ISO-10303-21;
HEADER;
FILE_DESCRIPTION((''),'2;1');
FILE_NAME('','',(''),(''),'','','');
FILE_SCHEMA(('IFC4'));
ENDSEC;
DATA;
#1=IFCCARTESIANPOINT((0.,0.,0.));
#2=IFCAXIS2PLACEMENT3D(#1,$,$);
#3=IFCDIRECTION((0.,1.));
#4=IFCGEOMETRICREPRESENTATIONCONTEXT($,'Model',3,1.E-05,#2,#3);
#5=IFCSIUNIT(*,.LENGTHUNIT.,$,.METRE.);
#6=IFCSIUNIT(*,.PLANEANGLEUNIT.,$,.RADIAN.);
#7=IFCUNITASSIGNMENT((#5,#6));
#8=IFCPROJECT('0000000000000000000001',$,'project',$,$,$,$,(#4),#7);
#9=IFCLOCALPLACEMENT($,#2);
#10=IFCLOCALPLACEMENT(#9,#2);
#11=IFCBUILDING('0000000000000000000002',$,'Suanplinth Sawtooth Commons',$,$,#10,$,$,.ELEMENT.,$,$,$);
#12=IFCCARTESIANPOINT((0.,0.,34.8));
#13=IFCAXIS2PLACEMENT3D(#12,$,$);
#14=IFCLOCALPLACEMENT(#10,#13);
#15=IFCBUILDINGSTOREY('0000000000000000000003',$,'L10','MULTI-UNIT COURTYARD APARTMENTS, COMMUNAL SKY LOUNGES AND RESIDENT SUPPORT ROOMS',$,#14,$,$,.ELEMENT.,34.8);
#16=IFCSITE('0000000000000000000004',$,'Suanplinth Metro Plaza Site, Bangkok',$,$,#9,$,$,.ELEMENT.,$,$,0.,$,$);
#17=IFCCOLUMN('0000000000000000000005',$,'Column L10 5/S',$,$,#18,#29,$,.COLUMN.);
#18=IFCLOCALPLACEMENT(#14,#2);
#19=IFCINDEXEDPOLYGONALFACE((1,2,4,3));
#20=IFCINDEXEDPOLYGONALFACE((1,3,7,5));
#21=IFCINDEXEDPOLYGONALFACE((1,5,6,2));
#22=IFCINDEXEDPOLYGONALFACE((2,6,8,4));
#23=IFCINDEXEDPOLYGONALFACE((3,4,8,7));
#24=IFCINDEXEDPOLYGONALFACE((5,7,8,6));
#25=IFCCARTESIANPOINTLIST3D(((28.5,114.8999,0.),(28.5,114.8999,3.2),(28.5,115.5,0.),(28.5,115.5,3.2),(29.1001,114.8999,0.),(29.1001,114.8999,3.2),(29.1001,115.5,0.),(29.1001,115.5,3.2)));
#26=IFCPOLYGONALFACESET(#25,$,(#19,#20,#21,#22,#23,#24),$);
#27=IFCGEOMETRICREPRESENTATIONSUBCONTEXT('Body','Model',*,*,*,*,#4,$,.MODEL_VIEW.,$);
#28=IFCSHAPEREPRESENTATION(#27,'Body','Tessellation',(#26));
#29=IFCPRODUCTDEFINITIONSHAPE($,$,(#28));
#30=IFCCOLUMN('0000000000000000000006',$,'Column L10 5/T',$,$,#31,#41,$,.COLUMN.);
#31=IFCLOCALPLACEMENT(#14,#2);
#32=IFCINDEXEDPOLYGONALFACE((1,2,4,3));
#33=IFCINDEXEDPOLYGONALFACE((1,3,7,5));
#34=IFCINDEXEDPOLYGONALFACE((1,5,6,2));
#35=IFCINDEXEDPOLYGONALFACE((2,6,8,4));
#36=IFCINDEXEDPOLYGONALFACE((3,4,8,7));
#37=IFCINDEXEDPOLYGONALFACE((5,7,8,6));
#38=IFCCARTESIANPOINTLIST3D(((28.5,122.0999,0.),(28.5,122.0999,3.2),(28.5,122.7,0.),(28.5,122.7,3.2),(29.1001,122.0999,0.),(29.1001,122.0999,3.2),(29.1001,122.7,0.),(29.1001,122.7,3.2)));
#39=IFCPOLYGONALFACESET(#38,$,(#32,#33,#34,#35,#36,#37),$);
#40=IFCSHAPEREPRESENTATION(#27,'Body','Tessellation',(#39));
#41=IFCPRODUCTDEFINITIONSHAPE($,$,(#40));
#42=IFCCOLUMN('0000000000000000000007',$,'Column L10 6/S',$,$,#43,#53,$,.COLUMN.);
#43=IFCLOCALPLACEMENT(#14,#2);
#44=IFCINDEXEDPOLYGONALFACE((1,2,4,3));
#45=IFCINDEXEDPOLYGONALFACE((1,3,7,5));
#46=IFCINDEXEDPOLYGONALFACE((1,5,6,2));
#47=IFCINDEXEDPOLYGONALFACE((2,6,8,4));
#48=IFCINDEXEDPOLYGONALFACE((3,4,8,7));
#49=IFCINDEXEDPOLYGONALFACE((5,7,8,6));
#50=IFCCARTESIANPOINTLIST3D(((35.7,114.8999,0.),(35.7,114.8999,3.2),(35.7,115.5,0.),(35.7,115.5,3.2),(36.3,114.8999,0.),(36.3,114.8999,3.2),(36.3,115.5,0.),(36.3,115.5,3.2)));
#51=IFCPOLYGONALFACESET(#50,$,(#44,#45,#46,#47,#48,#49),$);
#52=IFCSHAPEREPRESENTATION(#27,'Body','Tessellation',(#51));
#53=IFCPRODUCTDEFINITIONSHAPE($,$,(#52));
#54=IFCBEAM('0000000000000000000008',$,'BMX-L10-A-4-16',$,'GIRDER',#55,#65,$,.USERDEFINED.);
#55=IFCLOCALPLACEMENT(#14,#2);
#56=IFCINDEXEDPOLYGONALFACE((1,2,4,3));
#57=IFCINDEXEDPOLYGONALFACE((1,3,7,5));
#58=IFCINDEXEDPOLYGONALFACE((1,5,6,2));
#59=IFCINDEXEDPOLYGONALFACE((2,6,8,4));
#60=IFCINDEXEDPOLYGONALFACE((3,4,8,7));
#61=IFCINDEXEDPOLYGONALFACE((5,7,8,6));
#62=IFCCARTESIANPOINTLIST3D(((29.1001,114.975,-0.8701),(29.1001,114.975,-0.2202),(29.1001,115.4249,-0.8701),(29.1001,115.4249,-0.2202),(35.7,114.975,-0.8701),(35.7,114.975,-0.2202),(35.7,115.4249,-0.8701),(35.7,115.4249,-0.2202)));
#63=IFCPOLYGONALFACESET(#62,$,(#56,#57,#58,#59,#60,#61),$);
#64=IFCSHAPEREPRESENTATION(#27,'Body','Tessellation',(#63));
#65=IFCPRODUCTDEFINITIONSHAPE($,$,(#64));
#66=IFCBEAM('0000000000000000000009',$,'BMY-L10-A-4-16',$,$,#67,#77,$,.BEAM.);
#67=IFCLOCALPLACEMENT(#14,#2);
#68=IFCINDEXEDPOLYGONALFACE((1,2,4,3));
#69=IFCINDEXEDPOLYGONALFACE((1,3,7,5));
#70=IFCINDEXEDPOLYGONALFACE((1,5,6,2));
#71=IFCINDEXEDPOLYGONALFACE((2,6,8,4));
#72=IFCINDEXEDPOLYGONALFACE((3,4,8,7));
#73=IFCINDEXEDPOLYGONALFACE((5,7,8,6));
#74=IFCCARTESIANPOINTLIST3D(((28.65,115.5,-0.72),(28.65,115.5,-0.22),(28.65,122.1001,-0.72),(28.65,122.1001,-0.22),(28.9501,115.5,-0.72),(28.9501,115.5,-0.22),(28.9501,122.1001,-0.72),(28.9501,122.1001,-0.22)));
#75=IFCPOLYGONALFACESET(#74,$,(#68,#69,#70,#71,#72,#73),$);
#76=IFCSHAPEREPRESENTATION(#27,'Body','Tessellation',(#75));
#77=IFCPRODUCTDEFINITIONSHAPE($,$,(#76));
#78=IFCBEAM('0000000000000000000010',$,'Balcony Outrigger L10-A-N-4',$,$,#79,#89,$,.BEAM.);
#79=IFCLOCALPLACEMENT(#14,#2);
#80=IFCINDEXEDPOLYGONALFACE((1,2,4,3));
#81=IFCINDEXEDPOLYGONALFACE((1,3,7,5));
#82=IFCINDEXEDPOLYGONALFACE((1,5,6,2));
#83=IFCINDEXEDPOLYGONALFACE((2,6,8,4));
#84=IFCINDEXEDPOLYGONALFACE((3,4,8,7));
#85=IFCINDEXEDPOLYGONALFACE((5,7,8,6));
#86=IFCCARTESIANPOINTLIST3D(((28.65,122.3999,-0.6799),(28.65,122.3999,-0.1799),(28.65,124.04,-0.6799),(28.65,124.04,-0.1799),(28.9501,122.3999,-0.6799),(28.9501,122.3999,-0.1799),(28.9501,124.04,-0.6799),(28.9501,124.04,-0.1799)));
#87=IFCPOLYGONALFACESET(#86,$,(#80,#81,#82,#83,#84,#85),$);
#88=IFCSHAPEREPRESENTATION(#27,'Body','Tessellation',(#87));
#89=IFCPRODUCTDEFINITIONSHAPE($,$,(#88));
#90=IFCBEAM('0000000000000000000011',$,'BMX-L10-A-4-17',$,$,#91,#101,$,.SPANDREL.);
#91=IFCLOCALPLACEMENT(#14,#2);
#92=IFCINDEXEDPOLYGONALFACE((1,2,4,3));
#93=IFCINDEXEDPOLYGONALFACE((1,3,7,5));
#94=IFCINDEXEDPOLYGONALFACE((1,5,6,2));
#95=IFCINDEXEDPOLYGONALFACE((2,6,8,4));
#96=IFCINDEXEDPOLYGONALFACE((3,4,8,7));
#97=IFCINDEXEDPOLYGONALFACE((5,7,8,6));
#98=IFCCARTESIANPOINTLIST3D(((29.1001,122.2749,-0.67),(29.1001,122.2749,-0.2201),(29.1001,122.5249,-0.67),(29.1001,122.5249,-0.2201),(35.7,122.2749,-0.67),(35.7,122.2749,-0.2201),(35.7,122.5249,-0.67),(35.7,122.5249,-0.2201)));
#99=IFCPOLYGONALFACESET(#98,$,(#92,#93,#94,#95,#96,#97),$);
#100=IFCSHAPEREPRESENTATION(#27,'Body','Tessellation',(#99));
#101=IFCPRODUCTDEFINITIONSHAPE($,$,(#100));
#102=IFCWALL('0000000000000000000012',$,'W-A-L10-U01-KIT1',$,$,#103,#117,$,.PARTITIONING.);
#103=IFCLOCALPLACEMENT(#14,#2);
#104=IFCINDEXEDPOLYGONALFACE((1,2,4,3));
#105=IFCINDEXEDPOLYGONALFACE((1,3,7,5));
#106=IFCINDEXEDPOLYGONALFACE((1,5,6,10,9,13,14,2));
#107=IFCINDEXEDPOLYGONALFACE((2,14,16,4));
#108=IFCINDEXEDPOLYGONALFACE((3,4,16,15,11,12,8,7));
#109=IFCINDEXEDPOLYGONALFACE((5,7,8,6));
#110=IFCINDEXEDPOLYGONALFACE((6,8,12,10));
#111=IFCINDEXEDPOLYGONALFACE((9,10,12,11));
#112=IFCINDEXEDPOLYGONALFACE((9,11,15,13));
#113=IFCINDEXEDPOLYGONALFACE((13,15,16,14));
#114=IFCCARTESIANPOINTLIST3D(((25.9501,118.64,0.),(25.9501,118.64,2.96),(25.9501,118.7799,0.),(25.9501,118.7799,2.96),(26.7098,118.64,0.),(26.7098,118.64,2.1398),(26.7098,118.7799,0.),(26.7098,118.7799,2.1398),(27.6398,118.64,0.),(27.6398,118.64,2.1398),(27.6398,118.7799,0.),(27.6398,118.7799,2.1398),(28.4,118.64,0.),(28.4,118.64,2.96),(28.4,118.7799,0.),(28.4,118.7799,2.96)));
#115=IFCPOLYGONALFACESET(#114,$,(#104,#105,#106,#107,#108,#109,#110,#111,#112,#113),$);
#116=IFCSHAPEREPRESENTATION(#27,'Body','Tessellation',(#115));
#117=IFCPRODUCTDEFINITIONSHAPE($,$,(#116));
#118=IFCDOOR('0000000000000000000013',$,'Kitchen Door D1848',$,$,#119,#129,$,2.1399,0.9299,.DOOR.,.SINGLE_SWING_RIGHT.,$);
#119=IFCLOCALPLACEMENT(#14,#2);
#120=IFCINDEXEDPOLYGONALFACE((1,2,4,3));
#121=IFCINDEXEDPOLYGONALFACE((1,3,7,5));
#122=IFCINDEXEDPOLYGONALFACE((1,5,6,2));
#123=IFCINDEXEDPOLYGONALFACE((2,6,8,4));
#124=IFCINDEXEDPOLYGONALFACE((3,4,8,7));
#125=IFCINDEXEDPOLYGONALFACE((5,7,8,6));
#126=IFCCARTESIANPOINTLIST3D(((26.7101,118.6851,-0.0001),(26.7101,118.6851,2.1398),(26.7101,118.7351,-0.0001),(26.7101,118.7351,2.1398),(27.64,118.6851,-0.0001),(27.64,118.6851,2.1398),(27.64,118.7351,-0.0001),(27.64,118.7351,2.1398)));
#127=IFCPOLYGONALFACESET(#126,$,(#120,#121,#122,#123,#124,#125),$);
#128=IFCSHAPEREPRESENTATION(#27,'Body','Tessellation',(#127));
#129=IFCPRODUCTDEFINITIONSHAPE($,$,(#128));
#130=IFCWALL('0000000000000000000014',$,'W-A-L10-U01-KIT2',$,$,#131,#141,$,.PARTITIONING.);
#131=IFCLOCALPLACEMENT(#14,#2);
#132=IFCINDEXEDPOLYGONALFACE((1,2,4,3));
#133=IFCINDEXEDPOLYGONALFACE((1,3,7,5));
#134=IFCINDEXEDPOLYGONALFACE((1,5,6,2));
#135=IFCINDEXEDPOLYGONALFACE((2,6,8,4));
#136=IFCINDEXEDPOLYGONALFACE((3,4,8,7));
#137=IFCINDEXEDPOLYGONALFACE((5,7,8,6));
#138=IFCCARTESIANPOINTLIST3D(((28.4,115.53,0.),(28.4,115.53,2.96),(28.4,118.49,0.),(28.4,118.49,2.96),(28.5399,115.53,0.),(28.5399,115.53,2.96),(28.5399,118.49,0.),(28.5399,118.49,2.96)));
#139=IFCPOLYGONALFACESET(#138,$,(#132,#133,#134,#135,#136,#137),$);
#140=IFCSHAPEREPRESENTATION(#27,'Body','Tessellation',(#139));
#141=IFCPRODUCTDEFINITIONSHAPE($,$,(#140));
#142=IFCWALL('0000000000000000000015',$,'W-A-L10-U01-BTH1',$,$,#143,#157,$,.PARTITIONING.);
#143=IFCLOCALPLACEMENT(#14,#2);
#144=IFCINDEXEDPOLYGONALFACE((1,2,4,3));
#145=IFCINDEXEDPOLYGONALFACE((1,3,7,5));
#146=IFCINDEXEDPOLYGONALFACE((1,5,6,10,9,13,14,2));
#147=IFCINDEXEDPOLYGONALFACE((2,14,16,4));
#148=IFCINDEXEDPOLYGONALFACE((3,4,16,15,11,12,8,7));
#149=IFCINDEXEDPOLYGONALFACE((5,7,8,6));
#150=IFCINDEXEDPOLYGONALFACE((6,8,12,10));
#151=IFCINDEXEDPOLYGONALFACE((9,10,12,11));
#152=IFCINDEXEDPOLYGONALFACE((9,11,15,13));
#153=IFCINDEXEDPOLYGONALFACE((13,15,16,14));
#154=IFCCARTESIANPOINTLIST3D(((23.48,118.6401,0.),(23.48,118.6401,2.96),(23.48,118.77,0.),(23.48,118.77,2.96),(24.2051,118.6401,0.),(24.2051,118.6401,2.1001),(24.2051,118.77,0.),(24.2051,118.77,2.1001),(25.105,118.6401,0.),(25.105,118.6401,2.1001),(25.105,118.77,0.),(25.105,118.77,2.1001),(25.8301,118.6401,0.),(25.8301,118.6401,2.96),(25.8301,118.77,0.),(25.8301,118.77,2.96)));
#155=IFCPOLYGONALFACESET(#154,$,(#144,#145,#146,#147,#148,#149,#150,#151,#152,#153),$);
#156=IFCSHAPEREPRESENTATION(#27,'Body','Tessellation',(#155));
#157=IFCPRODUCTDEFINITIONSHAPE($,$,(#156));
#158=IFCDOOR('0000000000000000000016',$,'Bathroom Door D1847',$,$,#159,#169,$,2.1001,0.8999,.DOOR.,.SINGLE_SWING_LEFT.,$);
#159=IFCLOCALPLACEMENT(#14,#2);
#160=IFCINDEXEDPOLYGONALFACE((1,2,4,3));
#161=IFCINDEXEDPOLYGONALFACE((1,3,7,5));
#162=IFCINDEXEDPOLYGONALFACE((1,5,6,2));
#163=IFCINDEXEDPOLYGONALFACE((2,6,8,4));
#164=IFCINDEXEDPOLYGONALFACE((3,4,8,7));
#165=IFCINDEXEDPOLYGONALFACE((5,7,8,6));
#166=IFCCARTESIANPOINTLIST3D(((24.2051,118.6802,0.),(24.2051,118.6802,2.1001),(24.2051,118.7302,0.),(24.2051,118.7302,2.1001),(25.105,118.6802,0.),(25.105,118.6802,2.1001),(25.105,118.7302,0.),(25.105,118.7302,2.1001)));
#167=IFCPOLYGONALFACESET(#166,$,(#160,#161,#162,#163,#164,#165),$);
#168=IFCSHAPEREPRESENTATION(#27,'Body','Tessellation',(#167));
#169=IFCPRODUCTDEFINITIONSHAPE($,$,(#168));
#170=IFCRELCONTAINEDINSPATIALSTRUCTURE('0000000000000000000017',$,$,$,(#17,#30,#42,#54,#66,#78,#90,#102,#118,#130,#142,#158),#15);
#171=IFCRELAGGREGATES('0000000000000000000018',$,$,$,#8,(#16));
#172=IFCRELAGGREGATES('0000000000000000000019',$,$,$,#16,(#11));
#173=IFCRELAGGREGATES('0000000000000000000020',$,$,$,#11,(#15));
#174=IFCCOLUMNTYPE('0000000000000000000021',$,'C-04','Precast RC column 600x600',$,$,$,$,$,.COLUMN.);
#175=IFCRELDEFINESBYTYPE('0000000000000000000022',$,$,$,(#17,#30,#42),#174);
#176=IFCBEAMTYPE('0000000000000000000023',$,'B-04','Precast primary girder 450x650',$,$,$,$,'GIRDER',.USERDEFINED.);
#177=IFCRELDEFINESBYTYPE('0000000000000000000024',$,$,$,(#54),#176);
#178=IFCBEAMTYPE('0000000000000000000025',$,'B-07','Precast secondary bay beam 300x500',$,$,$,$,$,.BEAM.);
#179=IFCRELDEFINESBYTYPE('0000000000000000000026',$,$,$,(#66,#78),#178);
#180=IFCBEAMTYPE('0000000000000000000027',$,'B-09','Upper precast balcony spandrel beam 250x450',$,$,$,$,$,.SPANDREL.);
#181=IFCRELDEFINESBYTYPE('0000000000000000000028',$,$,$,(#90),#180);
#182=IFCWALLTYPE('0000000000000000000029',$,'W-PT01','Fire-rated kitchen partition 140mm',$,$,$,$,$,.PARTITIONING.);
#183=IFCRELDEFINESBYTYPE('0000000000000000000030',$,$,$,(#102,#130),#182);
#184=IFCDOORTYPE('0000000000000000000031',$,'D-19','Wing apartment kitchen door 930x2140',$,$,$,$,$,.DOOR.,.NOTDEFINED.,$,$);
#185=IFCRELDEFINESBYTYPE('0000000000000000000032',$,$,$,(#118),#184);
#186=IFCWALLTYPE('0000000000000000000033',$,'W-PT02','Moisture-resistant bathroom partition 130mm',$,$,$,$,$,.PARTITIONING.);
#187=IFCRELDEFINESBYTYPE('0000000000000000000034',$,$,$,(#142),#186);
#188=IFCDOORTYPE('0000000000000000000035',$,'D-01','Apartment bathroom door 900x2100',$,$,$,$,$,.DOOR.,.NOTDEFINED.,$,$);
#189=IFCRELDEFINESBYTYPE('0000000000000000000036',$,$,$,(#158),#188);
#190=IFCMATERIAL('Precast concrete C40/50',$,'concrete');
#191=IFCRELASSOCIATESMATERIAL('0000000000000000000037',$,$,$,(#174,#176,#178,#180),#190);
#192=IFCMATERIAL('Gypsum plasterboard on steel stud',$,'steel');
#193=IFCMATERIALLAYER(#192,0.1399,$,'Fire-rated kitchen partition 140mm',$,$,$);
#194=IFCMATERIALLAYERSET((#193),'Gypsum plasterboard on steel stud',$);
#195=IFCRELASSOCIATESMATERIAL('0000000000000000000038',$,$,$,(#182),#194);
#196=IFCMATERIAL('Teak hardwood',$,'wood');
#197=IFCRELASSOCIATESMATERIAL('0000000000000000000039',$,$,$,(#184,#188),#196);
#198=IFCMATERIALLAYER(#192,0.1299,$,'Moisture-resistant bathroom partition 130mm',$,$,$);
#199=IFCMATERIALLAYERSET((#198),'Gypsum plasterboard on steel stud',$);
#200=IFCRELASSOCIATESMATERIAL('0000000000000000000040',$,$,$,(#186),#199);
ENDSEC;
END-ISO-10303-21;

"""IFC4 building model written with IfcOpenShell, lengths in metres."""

from ifc_helpers import new_model, si_unit, direction, frame, frame_2d, origin, origin_2d, place, context, subcontext, project, spatial, rectangle, extrude, material, layer, layer_set, material_profile, profile_set, type_object, element, fill, save


model = new_model("IFC4")

# Units and contexts
model_context = context("Model", 3, precision=1e-05, world=origin(), true_north=direction((0.0, 1.0)))
body_context = subcontext(model_context, "Body", "Model", "MODEL_VIEW")
ifc_project = project(units=[si_unit("LENGTHUNIT", "METRE"), si_unit("PLANEANGLEUNIT", "RADIAN")], contexts=[model_context])

# Site, building, storey
site_placement = place(None, origin())
site = spatial("IfcSite", under=ifc_project, at=site_placement, Name="Suanplinth Metro Plaza Site, Bangkok", CompositionType="ELEMENT", RefElevation=0.0)
building_placement = place(site_placement, origin())
building = spatial("IfcBuilding", under=site, at=building_placement, Name="Suanplinth Sawtooth Commons", CompositionType="ELEMENT")
storey_placement = place(building_placement, frame((0.0, 0.0, 34.8)))
storey = spatial("IfcBuildingStorey", under=building, at=storey_placement, Name="L10", Description="MULTI-UNIT COURTYARD APARTMENTS, COMMUNAL SKY LOUNGES AND RESIDENT SUPPORT ROOMS", CompositionType="ELEMENT", Elevation=34.8)

# Columns
ifc_material_1 = material(Name="Precast concrete C40/50", Category="concrete")
ifc_material_profile_1 = material_profile(ifc_material_1, rectangle(XDim=0.6001, YDim=0.6001, at=origin_2d()), Name="PC-COL 600x600")
ifc_profile_set_1 = profile_set([ifc_material_profile_1], Name="Precast concrete C40/50")
column_type = type_object("IfcColumnType", Name="C-04", Description="Precast RC column 600x600", PredefinedType="COLUMN", material=ifc_profile_set_1)
for number, where, z_axis, x_axis, name in (
    (1, (28.8, 115.2, 0.0), (0.0, 0.0, 1.0), (1.0, 0.0, 0.0), "Column L10 5/S"),
    (2, (28.8, 122.3999, 0.0), (0.0, 0.0, 1.0), (1.0, 0.0, 0.0), "Column L10 5/T"),
    (3, (36.0, 115.2, 0.0), (0.0, 0.0, 1.0), (1.0, 0.0, 0.0), "Column L10 6/S"),
):
    element("IfcColumn", number, at=place(storey_placement, frame(where, z_axis=z_axis, x_axis=x_axis)), inside=storey, type_object=column_type, Name=name, PredefinedType="COLUMN", context=body_context, shape_type="SweptSolid", body=[
        extrude(rectangle(XDim=0.6001, YDim=0.6001, at=origin_2d()), origin(), (0.0, 0.0, 1.0), 3.2),
    ])

# Beams
ifc_material_profile_2 = material_profile(ifc_material_1, rectangle(XDim=0.45, YDim=0.6499, at=origin_2d()), Name="PC-GDR 450x650")
ifc_profile_set_2 = profile_set([ifc_material_profile_2], Name="Precast concrete C40/50")
beam_type_1 = type_object("IfcBeamType", Name="B-04", Description="Precast primary girder 450x650", ElementType="GIRDER", PredefinedType="USERDEFINED", material=ifc_profile_set_2)
beam_1_placement = place(storey_placement, frame((29.1001, 115.2, -0.5452), z_axis=(1.0, 0.0, 0.0), x_axis=(0.0, 1.0, 0.0)))
element("IfcBeam", 4, at=beam_1_placement, inside=storey, type_object=beam_type_1, Name="BMX-L10-A-4-16", ObjectType="GIRDER", PredefinedType="USERDEFINED", context=body_context, shape_type="SweptSolid", body=[
    extrude(rectangle(XDim=0.45, YDim=0.6499, at=origin_2d()), origin(), (0.0, 0.0, 1.0), 6.5999),
])
ifc_material_profile_3 = material_profile(ifc_material_1, rectangle(XDim=0.3, YDim=0.5, at=origin_2d()), Name="PC-BM 300x500")
ifc_profile_set_3 = profile_set([ifc_material_profile_3], Name="Precast concrete C40/50")
beam_type_2 = type_object("IfcBeamType", Name="B-07", Description="Precast secondary bay beam 300x500", PredefinedType="BEAM", material=ifc_profile_set_3)
beam_2_placement = place(storey_placement, frame((28.8, 115.5, -0.47), z_axis=(0.0, 1.0, 0.0), x_axis=(-1.0, 0.0, 0.0)))
element("IfcBeam", 5, at=beam_2_placement, inside=storey, type_object=beam_type_2, Name="BMY-L10-A-4-16", PredefinedType="BEAM", context=body_context, shape_type="SweptSolid", body=[
    extrude(rectangle(XDim=0.3, YDim=0.5, at=origin_2d()), origin(), (0.0, 0.0, 1.0), 6.6001),
])
beam_3_placement = place(storey_placement, frame((28.8, 122.3999, -0.4299), z_axis=(0.0, 1.0, 0.0), x_axis=(-1.0, 0.0, 0.0)))
element("IfcBeam", 6, at=beam_3_placement, inside=storey, type_object=beam_type_2, Name="Balcony Outrigger L10-A-N-4", PredefinedType="BEAM", context=body_context, shape_type="SweptSolid", body=[
    extrude(rectangle(XDim=0.3, YDim=0.5, at=origin_2d()), origin(), (0.0, 0.0, 1.0), 1.6401),
])
ifc_material_profile_4 = material_profile(ifc_material_1, rectangle(XDim=0.25, YDim=0.45, at=origin_2d()), Name="PC-SP 250x450")
ifc_profile_set_4 = profile_set([ifc_material_profile_4], Name="Precast concrete C40/50")
beam_type_3 = type_object("IfcBeamType", Name="B-09", Description="Upper precast balcony spandrel beam 250x450", PredefinedType="SPANDREL", material=ifc_profile_set_4)
beam_4_placement = place(storey_placement, frame((29.1001, 122.3999, -0.4451), z_axis=(1.0, 0.0, 0.0), x_axis=(0.0, 1.0, 0.0)))
element("IfcBeam", 7, at=beam_4_placement, inside=storey, type_object=beam_type_3, Name="BMX-L10-A-4-17", PredefinedType="SPANDREL", context=body_context, shape_type="SweptSolid", body=[
    extrude(rectangle(XDim=0.25, YDim=0.45, at=origin_2d()), origin(), (0.0, 0.0, 1.0), 6.5999),
])

# Wall, opening, door
ifc_material_2 = material(Name="Gypsum plasterboard on steel stud", Category="steel")
ifc_layer_1 = layer(ifc_material_2, 0.1399, Name="Fire-rated kitchen partition 140mm")
ifc_layer_set_1 = layer_set([ifc_layer_1], Name="Gypsum plasterboard on steel stud")
wall_type_1 = type_object("IfcWallType", Name="W-PT01", Description="Fire-rated kitchen partition 140mm", PredefinedType="PARTITIONING", material=ifc_layer_set_1)
wall_1_placement = place(storey_placement, frame((25.95, 118.71, 0.0), z_axis=(0.0, 0.0, 1.0), x_axis=(1.0, 0.0, 0.0)))
wall_1 = element("IfcWall", 8, at=wall_1_placement, inside=storey, type_object=wall_type_1, Name="W-A-L10-U01-KIT1", PredefinedType="PARTITIONING", context=body_context, shape_type="SweptSolid", body=[
    extrude(rectangle(XDim=2.45, YDim=0.1399, at=frame_2d((1.2251, 0.0))), origin(), (0.0, 0.0, 1.0), 2.96),
])
opening_1_placement = place(wall_1_placement, frame((0.76, 0.0, 0.0)))
opening_1 = element("IfcOpeningElement", 9, at=opening_1_placement, cuts=wall_1, PredefinedType="OPENING", context=body_context, shape_type="SweptSolid", body=[
    extrude(rectangle(XDim=0.9299, YDim=2.1399, at=frame_2d((0.4648, 1.0698))), frame((0.0, 0.085, 0.0), z_axis=(0.0, -1.0, 0.0), x_axis=(1.0, 0.0, 0.0)), (0.0, 0.0, 1.0), 0.1697),
])
ifc_material_3 = material(Name="Teak hardwood", Category="wood")
door_type_1 = type_object("IfcDoorType", Name="D-19", Description="Wing apartment kitchen door 930x2140", OperationType="NOTDEFINED", PredefinedType="DOOR", material=ifc_material_3)
door_1_placement = place(opening_1_placement, frame((0.9299, 0.0, 0.0), z_axis=(0.0, 0.0, 1.0), x_axis=(-1.0, 0.0, 0.0)))
door_1 = element("IfcDoor", 10, at=door_1_placement, inside=storey, type_object=door_type_1, Name="Kitchen Door D1848", OperationType="SINGLE_SWING_RIGHT", OverallHeight=2.1399, OverallWidth=0.9299, PredefinedType="DOOR", context=body_context, shape_type="SweptSolid", body=[
    extrude(rectangle(XDim=0.9299, YDim=2.1399, at=frame_2d((0.4648, 1.0698))), frame((0.0, 0.0249, 0.0), z_axis=(0.0, -1.0, 0.0), x_axis=(1.0, 0.0, 0.0)), (0.0, 0.0, 1.0), 0.05),
])
fill(opening_1, door_1)

# Wall
wall_2_placement = place(storey_placement, frame((28.47, 115.53, 0.0), z_axis=(0.0, 0.0, 1.0), x_axis=(0.0, 1.0, 0.0)))
element("IfcWall", 11, at=wall_2_placement, inside=storey, type_object=wall_type_1, Name="W-A-L10-U01-KIT2", PredefinedType="PARTITIONING", context=body_context, shape_type="SweptSolid", body=[
    extrude(rectangle(XDim=2.96, YDim=0.1399, at=frame_2d((1.48, 0.0))), origin(), (0.0, 0.0, 1.0), 2.96),
])

# Wall, opening, door
ifc_layer_2 = layer(ifc_material_2, 0.1299, Name="Moisture-resistant bathroom partition 130mm")
ifc_layer_set_2 = layer_set([ifc_layer_2], Name="Gypsum plasterboard on steel stud")
wall_type_2 = type_object("IfcWallType", Name="W-PT02", Description="Moisture-resistant bathroom partition 130mm", PredefinedType="PARTITIONING", material=ifc_layer_set_2)
wall_3_placement = place(storey_placement, frame((23.48, 118.7051, 0.0), z_axis=(0.0, 0.0, 1.0), x_axis=(1.0, 0.0, 0.0)))
wall_3 = element("IfcWall", 12, at=wall_3_placement, inside=storey, type_object=wall_type_2, Name="W-A-L10-U01-BTH1", PredefinedType="PARTITIONING", context=body_context, shape_type="SweptSolid", body=[
    extrude(rectangle(XDim=2.3501, YDim=0.1299, at=frame_2d((1.175, 0.0))), origin(), (0.0, 0.0, 1.0), 2.96),
])
opening_2_placement = place(wall_3_placement, frame((0.7251, 0.0, 0.0)))
opening_2 = element("IfcOpeningElement", 13, at=opening_2_placement, cuts=wall_3, PredefinedType="OPENING", context=body_context, shape_type="SweptSolid", body=[
    extrude(rectangle(XDim=0.8999, YDim=2.1001, at=frame_2d((0.45, 1.05))), frame((0.0, 0.0798, 0.0), z_axis=(0.0, -1.0, 0.0), x_axis=(1.0, 0.0, 0.0)), (0.0, 0.0, 1.0), 0.1597),
])
door_type_2 = type_object("IfcDoorType", Name="D-01", Description="Apartment bathroom door 900x2100", OperationType="NOTDEFINED", PredefinedType="DOOR", material=ifc_material_3)
door_2_placement = place(opening_2_placement, frame((0.8999, 0.0, 0.0), z_axis=(0.0, 0.0, 1.0), x_axis=(-1.0, 0.0, 0.0)))
door_2 = element("IfcDoor", 14, at=door_2_placement, inside=storey, type_object=door_type_2, Name="Bathroom Door D1847", OperationType="SINGLE_SWING_LEFT", OverallHeight=2.1001, OverallWidth=0.8999, PredefinedType="DOOR", context=body_context, shape_type="SweptSolid", body=[
    extrude(rectangle(XDim=0.8999, YDim=2.1001, at=frame_2d((0.45, 1.05))), frame((0.0, 0.0249, 0.0), z_axis=(0.0, -1.0, 0.0), x_axis=(1.0, 0.0, 0.0)), (0.0, 0.0, 1.0), 0.05),
])
fill(opening_2, door_2)

save(model, "model.ifc")
